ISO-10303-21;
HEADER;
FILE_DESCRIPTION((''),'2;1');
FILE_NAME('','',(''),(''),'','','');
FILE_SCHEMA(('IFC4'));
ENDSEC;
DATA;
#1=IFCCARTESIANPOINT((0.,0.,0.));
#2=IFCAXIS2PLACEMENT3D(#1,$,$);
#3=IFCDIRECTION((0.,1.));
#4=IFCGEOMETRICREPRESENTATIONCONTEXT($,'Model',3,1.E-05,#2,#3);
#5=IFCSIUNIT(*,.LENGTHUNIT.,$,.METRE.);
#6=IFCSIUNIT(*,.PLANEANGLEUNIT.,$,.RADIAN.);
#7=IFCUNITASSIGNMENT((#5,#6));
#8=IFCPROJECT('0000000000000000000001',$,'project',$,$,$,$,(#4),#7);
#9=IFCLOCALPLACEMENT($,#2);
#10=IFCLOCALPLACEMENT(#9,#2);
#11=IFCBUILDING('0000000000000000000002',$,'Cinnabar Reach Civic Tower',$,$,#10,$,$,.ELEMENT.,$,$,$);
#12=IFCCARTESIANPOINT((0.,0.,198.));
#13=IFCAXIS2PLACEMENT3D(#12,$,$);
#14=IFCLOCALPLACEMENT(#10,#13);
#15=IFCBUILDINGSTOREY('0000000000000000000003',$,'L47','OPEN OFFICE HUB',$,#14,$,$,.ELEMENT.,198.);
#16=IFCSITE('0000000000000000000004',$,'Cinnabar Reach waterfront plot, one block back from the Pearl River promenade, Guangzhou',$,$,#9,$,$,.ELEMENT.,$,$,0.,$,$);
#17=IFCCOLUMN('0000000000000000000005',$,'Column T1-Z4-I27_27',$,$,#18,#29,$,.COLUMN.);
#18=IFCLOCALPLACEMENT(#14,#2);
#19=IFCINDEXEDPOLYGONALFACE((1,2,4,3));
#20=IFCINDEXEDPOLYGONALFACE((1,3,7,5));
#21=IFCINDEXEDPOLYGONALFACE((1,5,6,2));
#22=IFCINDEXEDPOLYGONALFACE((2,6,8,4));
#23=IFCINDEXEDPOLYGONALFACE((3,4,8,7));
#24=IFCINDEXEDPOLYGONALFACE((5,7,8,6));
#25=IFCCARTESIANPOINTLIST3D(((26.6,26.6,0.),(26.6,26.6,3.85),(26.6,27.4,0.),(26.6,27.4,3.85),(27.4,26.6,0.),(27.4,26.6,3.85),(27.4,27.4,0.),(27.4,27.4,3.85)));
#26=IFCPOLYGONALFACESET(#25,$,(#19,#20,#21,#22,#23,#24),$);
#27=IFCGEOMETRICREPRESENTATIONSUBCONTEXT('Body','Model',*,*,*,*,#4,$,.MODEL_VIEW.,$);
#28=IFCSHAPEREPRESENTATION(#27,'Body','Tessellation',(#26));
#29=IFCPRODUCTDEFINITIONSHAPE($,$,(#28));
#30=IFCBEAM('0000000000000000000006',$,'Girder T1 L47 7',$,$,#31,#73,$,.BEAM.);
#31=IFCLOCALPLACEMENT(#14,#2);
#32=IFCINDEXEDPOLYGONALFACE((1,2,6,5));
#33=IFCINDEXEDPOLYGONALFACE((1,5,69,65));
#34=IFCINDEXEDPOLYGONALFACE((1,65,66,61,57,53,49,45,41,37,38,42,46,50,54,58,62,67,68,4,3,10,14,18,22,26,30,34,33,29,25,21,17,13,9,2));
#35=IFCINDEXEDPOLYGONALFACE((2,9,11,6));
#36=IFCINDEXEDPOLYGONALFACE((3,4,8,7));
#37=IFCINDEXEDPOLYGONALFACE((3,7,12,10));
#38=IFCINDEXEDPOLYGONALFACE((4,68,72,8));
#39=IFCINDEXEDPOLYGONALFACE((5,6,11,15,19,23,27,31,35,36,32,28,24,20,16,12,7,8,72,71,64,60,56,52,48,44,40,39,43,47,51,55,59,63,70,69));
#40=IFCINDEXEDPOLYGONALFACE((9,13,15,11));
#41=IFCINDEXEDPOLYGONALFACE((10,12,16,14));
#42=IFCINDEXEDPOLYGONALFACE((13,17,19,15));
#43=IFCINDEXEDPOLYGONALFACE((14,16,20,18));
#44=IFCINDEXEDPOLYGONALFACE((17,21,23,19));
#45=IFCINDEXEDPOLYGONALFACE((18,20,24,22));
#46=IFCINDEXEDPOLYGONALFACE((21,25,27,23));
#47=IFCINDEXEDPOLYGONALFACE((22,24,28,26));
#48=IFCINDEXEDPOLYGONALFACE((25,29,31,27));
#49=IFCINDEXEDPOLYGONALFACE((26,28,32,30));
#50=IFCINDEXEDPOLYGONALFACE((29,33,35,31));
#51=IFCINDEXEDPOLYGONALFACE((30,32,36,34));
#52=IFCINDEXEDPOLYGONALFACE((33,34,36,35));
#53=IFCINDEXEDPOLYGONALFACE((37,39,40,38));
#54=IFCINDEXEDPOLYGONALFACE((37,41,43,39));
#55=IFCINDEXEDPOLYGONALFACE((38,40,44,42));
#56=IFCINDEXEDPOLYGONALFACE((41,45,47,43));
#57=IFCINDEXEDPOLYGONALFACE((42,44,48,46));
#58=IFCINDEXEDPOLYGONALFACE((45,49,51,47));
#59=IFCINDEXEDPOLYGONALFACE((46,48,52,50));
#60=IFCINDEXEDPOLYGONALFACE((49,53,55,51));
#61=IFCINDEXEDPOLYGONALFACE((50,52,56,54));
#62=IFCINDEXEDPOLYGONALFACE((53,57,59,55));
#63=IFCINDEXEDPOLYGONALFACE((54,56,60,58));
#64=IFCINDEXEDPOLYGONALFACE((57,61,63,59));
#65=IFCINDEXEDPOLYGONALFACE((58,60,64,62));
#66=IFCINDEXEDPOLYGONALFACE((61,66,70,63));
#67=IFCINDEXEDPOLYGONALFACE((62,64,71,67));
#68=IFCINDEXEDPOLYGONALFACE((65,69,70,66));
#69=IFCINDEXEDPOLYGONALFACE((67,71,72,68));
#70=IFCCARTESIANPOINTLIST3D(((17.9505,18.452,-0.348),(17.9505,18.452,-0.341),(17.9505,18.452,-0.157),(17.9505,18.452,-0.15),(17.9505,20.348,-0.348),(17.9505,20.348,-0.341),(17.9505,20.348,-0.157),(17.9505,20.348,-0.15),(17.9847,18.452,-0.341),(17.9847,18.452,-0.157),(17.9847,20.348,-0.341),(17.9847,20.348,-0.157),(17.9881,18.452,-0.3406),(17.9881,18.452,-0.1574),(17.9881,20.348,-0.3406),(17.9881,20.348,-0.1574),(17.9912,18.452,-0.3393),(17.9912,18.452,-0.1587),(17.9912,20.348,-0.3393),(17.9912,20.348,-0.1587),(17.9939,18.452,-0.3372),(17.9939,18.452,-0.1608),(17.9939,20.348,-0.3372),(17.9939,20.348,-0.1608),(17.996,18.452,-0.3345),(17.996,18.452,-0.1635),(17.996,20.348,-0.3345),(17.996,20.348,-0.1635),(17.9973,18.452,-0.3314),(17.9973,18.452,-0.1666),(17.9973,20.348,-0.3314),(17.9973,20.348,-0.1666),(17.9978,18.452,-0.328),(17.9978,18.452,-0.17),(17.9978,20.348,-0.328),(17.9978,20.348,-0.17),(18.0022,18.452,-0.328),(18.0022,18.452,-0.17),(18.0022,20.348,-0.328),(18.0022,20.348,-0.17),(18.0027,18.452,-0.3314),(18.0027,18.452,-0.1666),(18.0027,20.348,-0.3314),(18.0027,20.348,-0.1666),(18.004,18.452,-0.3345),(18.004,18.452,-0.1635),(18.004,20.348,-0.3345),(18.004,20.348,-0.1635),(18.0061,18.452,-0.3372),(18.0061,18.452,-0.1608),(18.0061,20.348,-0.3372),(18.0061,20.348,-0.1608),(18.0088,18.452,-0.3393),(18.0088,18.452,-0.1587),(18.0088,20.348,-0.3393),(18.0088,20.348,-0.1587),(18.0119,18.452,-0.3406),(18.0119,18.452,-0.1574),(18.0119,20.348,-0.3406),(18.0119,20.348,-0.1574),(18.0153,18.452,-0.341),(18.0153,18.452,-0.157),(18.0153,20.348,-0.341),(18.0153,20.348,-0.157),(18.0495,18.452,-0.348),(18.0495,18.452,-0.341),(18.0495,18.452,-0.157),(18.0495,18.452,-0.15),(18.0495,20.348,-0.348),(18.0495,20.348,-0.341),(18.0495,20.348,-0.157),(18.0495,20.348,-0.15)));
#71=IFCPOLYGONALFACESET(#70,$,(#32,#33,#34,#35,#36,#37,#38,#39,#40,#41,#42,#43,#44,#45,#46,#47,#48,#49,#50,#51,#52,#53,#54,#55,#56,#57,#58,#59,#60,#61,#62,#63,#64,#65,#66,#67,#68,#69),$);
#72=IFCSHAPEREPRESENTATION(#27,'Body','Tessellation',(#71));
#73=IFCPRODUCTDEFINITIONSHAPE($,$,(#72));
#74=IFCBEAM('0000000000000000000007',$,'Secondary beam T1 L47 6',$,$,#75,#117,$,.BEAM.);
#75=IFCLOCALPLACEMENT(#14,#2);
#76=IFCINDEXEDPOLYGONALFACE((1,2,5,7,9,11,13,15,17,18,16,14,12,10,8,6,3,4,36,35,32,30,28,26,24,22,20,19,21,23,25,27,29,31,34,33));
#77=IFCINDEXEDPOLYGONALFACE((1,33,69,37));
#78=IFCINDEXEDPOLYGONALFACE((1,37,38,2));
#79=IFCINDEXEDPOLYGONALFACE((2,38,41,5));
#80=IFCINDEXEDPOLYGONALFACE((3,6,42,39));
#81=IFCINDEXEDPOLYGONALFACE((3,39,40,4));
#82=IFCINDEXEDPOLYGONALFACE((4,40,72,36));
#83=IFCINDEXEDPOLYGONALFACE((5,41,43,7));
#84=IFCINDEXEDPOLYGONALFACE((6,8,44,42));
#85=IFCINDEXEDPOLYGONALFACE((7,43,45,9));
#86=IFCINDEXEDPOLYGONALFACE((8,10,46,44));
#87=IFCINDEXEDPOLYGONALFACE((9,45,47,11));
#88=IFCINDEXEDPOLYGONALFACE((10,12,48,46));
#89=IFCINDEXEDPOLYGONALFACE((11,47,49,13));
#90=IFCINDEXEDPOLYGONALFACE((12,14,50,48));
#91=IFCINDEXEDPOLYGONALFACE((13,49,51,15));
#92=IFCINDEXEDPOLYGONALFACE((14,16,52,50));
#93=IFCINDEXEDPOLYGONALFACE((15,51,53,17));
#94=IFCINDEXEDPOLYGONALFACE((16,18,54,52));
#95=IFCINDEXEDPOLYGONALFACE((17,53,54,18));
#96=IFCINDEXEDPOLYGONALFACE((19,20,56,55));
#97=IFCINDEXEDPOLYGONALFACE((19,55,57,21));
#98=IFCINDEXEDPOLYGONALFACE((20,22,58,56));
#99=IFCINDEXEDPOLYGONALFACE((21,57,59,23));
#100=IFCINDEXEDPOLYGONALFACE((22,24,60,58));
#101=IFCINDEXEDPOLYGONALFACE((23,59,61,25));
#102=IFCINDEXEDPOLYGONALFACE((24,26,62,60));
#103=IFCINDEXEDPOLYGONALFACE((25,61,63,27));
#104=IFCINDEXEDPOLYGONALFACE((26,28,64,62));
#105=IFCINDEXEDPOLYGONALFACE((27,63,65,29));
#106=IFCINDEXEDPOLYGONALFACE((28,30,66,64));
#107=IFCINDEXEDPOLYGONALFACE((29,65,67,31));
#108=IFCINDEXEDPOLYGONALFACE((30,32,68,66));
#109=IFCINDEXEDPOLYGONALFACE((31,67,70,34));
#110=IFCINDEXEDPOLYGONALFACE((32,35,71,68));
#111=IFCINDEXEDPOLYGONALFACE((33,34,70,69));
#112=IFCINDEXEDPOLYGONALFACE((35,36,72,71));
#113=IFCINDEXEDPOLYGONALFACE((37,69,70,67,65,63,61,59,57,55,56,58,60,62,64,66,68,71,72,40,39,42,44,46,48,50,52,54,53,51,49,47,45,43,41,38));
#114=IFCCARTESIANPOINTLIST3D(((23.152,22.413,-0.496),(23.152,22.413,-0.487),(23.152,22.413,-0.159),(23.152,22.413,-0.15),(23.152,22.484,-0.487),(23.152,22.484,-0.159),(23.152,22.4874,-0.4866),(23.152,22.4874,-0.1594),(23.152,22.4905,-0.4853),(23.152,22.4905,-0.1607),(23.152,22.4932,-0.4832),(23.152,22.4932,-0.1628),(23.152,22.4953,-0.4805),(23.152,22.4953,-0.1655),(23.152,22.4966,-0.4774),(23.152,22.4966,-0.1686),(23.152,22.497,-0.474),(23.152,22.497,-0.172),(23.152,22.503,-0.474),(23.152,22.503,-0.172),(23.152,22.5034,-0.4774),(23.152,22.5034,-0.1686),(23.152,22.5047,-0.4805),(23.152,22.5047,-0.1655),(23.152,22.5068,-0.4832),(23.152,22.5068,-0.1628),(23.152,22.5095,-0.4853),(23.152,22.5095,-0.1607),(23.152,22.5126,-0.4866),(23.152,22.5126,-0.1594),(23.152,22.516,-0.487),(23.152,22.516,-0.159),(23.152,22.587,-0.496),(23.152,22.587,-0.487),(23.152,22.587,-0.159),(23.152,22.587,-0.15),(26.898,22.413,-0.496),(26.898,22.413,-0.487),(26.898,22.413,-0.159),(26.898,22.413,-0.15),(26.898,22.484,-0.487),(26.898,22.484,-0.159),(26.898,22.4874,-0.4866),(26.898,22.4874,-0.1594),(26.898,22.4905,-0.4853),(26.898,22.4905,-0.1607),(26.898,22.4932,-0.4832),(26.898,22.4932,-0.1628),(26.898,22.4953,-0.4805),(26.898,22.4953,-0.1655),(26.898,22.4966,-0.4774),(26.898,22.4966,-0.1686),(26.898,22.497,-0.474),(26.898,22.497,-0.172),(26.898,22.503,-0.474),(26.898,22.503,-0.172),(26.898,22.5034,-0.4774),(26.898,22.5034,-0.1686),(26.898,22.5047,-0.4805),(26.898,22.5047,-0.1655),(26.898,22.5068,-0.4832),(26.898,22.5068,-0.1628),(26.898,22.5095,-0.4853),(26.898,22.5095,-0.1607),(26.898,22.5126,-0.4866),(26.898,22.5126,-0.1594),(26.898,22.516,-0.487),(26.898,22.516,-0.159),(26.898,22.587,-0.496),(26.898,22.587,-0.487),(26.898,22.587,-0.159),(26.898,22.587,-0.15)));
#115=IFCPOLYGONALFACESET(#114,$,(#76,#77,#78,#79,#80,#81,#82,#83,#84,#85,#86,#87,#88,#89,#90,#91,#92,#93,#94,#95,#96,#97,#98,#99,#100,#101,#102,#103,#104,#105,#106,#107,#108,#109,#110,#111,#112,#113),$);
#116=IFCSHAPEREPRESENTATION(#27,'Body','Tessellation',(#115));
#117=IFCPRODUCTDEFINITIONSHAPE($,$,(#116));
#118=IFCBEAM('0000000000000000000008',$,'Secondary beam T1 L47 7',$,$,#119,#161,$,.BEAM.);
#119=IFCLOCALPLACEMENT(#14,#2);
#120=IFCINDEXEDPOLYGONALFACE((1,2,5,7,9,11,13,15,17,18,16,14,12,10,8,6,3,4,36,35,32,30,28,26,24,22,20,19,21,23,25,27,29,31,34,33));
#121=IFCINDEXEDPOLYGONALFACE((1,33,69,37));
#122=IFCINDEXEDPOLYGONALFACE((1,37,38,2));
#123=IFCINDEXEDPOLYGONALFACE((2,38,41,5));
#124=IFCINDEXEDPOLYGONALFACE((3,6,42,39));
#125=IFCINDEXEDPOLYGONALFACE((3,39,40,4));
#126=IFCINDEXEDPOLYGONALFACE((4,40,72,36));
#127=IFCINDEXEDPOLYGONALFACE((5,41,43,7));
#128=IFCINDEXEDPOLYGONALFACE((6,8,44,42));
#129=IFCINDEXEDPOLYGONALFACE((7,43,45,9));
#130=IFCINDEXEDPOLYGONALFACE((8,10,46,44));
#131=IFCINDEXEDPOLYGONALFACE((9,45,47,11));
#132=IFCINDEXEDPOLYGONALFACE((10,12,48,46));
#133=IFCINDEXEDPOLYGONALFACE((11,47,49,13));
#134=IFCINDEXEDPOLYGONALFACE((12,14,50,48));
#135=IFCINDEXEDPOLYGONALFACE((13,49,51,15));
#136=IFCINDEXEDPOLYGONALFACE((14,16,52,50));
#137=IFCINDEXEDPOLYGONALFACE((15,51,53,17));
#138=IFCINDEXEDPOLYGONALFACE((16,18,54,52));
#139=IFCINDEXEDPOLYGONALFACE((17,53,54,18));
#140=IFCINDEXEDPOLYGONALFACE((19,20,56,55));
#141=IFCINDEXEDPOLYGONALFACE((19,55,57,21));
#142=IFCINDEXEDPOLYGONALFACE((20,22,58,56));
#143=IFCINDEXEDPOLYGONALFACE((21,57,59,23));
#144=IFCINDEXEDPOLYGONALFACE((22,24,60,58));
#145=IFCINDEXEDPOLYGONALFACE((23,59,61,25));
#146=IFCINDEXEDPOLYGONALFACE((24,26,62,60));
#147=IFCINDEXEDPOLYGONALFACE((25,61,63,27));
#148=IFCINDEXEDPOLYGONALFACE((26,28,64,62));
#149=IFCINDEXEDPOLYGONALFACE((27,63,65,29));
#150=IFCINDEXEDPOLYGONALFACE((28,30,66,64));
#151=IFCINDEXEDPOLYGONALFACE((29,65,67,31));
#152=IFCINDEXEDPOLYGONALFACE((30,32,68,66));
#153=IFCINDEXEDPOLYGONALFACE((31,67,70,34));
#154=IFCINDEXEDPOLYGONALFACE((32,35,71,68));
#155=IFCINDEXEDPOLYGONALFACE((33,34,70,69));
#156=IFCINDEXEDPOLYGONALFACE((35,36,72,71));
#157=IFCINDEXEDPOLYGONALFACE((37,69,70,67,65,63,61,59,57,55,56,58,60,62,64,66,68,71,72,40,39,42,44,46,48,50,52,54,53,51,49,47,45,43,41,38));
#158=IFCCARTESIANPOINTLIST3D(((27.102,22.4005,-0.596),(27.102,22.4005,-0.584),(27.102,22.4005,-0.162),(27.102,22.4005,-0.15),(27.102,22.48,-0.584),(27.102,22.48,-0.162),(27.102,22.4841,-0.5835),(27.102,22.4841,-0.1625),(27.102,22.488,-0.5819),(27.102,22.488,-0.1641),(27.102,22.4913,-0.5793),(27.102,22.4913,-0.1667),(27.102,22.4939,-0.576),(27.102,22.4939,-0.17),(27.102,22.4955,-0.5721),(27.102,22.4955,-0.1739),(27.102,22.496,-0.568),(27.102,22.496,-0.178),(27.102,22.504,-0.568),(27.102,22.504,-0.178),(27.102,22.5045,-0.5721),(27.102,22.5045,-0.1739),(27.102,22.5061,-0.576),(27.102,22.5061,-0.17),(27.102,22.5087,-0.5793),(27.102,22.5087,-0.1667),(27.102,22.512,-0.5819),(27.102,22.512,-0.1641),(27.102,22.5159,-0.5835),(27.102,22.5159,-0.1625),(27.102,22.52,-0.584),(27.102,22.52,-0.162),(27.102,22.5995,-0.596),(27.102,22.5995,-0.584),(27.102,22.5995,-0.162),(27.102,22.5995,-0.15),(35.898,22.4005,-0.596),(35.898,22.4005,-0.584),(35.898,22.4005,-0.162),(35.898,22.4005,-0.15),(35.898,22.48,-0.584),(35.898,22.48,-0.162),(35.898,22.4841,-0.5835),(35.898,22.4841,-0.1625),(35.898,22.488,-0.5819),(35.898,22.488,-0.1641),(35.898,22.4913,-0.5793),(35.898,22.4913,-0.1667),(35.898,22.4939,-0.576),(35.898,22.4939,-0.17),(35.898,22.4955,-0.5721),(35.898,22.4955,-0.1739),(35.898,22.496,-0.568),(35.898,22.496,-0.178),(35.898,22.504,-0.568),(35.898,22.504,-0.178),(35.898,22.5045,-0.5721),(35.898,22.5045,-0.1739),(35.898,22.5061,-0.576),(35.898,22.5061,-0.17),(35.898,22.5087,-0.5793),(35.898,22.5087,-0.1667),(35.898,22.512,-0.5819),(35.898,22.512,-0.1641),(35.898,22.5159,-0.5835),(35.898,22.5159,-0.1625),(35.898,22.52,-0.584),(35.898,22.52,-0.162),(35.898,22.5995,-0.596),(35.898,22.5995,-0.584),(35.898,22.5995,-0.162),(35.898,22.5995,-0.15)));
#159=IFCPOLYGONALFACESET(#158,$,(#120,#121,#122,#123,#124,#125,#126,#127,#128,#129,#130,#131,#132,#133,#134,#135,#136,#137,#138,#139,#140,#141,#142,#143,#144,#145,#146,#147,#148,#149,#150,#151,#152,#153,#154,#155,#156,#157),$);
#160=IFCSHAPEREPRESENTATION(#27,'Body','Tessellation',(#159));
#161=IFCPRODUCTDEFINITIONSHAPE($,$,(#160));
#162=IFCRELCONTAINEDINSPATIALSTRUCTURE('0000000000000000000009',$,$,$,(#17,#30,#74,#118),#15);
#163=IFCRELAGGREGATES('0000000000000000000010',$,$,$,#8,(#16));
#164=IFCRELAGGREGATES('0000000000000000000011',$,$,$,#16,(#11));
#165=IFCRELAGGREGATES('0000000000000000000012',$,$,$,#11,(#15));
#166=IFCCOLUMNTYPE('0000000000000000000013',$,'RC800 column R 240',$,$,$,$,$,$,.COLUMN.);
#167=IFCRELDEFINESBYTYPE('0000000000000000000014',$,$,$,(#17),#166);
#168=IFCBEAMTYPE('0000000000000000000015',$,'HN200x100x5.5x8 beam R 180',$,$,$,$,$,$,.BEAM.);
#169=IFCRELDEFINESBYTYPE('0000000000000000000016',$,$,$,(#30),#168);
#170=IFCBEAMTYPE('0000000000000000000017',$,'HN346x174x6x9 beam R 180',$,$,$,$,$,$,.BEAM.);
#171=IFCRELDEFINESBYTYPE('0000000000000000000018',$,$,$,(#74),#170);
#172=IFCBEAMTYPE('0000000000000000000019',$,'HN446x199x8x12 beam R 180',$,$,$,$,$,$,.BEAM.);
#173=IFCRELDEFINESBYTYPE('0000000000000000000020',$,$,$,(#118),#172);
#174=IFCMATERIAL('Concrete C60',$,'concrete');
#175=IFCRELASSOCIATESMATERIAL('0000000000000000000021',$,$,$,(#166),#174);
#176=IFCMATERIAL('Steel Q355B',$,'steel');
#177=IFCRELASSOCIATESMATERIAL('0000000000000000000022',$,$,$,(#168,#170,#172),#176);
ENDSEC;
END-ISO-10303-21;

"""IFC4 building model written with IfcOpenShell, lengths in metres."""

from ifc_helpers import new_model, si_unit, direction, frame, origin, origin_2d, place, context, subcontext, project, spatial, rectangle, i_section, extrude, material, material_profile, profile_set, type_object, element, save


model = new_model("IFC4")

# Units and contexts
model_context = context("Model", 3, precision=1e-05, world=origin(), true_north=direction((0.0, 1.0)))
body_context = subcontext(model_context, "Body", "Model", "MODEL_VIEW")
ifc_project = project(units=[si_unit("LENGTHUNIT", "METRE"), si_unit("PLANEANGLEUNIT", "RADIAN")], contexts=[model_context])

# Site, building, storey
site_placement = place(None, origin())
site = spatial("IfcSite", under=ifc_project, at=site_placement, Name="Cinnabar Reach waterfront plot, one block back from the Pearl River promenade, Guangzhou", CompositionType="ELEMENT", RefElevation=0.0)
building_placement = place(site_placement, origin())
building = spatial("IfcBuilding", under=site, at=building_placement, Name="Cinnabar Reach Civic Tower", CompositionType="ELEMENT")
storey_placement = place(building_placement, frame((0.0, 0.0, 198.0)))
storey = spatial("IfcBuildingStorey", under=building, at=storey_placement, Name="L47", Description="OPEN OFFICE HUB", CompositionType="ELEMENT", Elevation=198.0)

# Column
ifc_material_1 = material(Name="Concrete C60", Category="concrete")
ifc_material_profile_1 = material_profile(ifc_material_1, rectangle(XDim=0.8, YDim=0.8, at=origin_2d()), Name="RC800")
ifc_profile_set_1 = profile_set([ifc_material_profile_1], Name="Concrete C60")
column_type = type_object("IfcColumnType", Name="RC800 column R 240", PredefinedType="COLUMN", material=ifc_profile_set_1)
column_placement = place(storey_placement, frame((27.0, 27.0, 0.0), z_axis=(0.0, 0.0, 1.0), x_axis=(1.0, 0.0, 0.0)))
element("IfcColumn", 1, at=column_placement, inside=storey, type_object=column_type, Name="Column T1-Z4-I27_27", PredefinedType="COLUMN", context=body_context, shape_type="SweptSolid", body=[
    extrude(rectangle(XDim=0.8, YDim=0.8, at=origin_2d()), origin(), (0.0, 0.0, 1.0), 3.85),
])

# Beams
ifc_material_2 = material(Name="Steel Q355B", Category="steel")
ifc_material_profile_2 = material_profile(ifc_material_2, i_section(OverallWidth=0.099, OverallDepth=0.198, WebThickness=0.0045, FlangeThickness=0.007, FilletRadius=0.013, at=origin_2d()), Name="HN200x100x5.5x8")
ifc_profile_set_2 = profile_set([ifc_material_profile_2], Name="Steel Q355B")
beam_type_1 = type_object("IfcBeamType", Name="HN200x100x5.5x8 beam R 180", PredefinedType="BEAM", material=ifc_profile_set_2)
beam_1_placement = place(storey_placement, frame((18.0, 18.452, -0.249), z_axis=(0.0, 1.0, 0.0), x_axis=(-1.0, 0.0, 0.0)))
element("IfcBeam", 2, at=beam_1_placement, inside=storey, type_object=beam_type_1, Name="Girder T1 L47 7", PredefinedType="BEAM", context=body_context, shape_type="SweptSolid", body=[
    extrude(i_section(OverallWidth=0.099, OverallDepth=0.198, WebThickness=0.0045, FlangeThickness=0.007, FilletRadius=0.013, at=origin_2d()), origin(), (0.0, 0.0, 1.0), 1.896),
])
ifc_material_profile_3 = material_profile(ifc_material_2, i_section(OverallWidth=0.174, OverallDepth=0.346, WebThickness=0.006, FlangeThickness=0.009, FilletRadius=0.013, at=origin_2d()), Name="HN346x174x6x9")
ifc_profile_set_3 = profile_set([ifc_material_profile_3], Name="Steel Q355B")
beam_type_2 = type_object("IfcBeamType", Name="HN346x174x6x9 beam R 180", PredefinedType="BEAM", material=ifc_profile_set_3)
beam_2_placement = place(storey_placement, frame((23.152, 22.5, -0.323), z_axis=(1.0, 0.0, 0.0), x_axis=(0.0, 1.0, 0.0)))
element("IfcBeam", 3, at=beam_2_placement, inside=storey, type_object=beam_type_2, Name="Secondary beam T1 L47 6", PredefinedType="BEAM", context=body_context, shape_type="SweptSolid", body=[
    extrude(i_section(OverallWidth=0.174, OverallDepth=0.346, WebThickness=0.006, FlangeThickness=0.009, FilletRadius=0.013, at=origin_2d()), origin(), (0.0, 0.0, 1.0), 3.746),
])
ifc_material_profile_4 = material_profile(ifc_material_2, i_section(OverallWidth=0.199, OverallDepth=0.446, WebThickness=0.008, FlangeThickness=0.012, FilletRadius=0.016, at=origin_2d()), Name="HN446x199x8x12")
ifc_profile_set_4 = profile_set([ifc_material_profile_4], Name="Steel Q355B")
beam_type_3 = type_object("IfcBeamType", Name="HN446x199x8x12 beam R 180", PredefinedType="BEAM", material=ifc_profile_set_4)
beam_3_placement = place(storey_placement, frame((27.102, 22.5, -0.373), z_axis=(1.0, 0.0, 0.0), x_axis=(0.0, 1.0, 0.0)))
element("IfcBeam", 4, at=beam_3_placement, inside=storey, type_object=beam_type_3, Name="Secondary beam T1 L47 7", PredefinedType="BEAM", context=body_context, shape_type="SweptSolid", body=[
    extrude(i_section(OverallWidth=0.199, OverallDepth=0.446, WebThickness=0.008, FlangeThickness=0.012, FilletRadius=0.016, at=origin_2d()), origin(), (0.0, 0.0, 1.0), 8.796),
])

save(model, "model.ifc")
